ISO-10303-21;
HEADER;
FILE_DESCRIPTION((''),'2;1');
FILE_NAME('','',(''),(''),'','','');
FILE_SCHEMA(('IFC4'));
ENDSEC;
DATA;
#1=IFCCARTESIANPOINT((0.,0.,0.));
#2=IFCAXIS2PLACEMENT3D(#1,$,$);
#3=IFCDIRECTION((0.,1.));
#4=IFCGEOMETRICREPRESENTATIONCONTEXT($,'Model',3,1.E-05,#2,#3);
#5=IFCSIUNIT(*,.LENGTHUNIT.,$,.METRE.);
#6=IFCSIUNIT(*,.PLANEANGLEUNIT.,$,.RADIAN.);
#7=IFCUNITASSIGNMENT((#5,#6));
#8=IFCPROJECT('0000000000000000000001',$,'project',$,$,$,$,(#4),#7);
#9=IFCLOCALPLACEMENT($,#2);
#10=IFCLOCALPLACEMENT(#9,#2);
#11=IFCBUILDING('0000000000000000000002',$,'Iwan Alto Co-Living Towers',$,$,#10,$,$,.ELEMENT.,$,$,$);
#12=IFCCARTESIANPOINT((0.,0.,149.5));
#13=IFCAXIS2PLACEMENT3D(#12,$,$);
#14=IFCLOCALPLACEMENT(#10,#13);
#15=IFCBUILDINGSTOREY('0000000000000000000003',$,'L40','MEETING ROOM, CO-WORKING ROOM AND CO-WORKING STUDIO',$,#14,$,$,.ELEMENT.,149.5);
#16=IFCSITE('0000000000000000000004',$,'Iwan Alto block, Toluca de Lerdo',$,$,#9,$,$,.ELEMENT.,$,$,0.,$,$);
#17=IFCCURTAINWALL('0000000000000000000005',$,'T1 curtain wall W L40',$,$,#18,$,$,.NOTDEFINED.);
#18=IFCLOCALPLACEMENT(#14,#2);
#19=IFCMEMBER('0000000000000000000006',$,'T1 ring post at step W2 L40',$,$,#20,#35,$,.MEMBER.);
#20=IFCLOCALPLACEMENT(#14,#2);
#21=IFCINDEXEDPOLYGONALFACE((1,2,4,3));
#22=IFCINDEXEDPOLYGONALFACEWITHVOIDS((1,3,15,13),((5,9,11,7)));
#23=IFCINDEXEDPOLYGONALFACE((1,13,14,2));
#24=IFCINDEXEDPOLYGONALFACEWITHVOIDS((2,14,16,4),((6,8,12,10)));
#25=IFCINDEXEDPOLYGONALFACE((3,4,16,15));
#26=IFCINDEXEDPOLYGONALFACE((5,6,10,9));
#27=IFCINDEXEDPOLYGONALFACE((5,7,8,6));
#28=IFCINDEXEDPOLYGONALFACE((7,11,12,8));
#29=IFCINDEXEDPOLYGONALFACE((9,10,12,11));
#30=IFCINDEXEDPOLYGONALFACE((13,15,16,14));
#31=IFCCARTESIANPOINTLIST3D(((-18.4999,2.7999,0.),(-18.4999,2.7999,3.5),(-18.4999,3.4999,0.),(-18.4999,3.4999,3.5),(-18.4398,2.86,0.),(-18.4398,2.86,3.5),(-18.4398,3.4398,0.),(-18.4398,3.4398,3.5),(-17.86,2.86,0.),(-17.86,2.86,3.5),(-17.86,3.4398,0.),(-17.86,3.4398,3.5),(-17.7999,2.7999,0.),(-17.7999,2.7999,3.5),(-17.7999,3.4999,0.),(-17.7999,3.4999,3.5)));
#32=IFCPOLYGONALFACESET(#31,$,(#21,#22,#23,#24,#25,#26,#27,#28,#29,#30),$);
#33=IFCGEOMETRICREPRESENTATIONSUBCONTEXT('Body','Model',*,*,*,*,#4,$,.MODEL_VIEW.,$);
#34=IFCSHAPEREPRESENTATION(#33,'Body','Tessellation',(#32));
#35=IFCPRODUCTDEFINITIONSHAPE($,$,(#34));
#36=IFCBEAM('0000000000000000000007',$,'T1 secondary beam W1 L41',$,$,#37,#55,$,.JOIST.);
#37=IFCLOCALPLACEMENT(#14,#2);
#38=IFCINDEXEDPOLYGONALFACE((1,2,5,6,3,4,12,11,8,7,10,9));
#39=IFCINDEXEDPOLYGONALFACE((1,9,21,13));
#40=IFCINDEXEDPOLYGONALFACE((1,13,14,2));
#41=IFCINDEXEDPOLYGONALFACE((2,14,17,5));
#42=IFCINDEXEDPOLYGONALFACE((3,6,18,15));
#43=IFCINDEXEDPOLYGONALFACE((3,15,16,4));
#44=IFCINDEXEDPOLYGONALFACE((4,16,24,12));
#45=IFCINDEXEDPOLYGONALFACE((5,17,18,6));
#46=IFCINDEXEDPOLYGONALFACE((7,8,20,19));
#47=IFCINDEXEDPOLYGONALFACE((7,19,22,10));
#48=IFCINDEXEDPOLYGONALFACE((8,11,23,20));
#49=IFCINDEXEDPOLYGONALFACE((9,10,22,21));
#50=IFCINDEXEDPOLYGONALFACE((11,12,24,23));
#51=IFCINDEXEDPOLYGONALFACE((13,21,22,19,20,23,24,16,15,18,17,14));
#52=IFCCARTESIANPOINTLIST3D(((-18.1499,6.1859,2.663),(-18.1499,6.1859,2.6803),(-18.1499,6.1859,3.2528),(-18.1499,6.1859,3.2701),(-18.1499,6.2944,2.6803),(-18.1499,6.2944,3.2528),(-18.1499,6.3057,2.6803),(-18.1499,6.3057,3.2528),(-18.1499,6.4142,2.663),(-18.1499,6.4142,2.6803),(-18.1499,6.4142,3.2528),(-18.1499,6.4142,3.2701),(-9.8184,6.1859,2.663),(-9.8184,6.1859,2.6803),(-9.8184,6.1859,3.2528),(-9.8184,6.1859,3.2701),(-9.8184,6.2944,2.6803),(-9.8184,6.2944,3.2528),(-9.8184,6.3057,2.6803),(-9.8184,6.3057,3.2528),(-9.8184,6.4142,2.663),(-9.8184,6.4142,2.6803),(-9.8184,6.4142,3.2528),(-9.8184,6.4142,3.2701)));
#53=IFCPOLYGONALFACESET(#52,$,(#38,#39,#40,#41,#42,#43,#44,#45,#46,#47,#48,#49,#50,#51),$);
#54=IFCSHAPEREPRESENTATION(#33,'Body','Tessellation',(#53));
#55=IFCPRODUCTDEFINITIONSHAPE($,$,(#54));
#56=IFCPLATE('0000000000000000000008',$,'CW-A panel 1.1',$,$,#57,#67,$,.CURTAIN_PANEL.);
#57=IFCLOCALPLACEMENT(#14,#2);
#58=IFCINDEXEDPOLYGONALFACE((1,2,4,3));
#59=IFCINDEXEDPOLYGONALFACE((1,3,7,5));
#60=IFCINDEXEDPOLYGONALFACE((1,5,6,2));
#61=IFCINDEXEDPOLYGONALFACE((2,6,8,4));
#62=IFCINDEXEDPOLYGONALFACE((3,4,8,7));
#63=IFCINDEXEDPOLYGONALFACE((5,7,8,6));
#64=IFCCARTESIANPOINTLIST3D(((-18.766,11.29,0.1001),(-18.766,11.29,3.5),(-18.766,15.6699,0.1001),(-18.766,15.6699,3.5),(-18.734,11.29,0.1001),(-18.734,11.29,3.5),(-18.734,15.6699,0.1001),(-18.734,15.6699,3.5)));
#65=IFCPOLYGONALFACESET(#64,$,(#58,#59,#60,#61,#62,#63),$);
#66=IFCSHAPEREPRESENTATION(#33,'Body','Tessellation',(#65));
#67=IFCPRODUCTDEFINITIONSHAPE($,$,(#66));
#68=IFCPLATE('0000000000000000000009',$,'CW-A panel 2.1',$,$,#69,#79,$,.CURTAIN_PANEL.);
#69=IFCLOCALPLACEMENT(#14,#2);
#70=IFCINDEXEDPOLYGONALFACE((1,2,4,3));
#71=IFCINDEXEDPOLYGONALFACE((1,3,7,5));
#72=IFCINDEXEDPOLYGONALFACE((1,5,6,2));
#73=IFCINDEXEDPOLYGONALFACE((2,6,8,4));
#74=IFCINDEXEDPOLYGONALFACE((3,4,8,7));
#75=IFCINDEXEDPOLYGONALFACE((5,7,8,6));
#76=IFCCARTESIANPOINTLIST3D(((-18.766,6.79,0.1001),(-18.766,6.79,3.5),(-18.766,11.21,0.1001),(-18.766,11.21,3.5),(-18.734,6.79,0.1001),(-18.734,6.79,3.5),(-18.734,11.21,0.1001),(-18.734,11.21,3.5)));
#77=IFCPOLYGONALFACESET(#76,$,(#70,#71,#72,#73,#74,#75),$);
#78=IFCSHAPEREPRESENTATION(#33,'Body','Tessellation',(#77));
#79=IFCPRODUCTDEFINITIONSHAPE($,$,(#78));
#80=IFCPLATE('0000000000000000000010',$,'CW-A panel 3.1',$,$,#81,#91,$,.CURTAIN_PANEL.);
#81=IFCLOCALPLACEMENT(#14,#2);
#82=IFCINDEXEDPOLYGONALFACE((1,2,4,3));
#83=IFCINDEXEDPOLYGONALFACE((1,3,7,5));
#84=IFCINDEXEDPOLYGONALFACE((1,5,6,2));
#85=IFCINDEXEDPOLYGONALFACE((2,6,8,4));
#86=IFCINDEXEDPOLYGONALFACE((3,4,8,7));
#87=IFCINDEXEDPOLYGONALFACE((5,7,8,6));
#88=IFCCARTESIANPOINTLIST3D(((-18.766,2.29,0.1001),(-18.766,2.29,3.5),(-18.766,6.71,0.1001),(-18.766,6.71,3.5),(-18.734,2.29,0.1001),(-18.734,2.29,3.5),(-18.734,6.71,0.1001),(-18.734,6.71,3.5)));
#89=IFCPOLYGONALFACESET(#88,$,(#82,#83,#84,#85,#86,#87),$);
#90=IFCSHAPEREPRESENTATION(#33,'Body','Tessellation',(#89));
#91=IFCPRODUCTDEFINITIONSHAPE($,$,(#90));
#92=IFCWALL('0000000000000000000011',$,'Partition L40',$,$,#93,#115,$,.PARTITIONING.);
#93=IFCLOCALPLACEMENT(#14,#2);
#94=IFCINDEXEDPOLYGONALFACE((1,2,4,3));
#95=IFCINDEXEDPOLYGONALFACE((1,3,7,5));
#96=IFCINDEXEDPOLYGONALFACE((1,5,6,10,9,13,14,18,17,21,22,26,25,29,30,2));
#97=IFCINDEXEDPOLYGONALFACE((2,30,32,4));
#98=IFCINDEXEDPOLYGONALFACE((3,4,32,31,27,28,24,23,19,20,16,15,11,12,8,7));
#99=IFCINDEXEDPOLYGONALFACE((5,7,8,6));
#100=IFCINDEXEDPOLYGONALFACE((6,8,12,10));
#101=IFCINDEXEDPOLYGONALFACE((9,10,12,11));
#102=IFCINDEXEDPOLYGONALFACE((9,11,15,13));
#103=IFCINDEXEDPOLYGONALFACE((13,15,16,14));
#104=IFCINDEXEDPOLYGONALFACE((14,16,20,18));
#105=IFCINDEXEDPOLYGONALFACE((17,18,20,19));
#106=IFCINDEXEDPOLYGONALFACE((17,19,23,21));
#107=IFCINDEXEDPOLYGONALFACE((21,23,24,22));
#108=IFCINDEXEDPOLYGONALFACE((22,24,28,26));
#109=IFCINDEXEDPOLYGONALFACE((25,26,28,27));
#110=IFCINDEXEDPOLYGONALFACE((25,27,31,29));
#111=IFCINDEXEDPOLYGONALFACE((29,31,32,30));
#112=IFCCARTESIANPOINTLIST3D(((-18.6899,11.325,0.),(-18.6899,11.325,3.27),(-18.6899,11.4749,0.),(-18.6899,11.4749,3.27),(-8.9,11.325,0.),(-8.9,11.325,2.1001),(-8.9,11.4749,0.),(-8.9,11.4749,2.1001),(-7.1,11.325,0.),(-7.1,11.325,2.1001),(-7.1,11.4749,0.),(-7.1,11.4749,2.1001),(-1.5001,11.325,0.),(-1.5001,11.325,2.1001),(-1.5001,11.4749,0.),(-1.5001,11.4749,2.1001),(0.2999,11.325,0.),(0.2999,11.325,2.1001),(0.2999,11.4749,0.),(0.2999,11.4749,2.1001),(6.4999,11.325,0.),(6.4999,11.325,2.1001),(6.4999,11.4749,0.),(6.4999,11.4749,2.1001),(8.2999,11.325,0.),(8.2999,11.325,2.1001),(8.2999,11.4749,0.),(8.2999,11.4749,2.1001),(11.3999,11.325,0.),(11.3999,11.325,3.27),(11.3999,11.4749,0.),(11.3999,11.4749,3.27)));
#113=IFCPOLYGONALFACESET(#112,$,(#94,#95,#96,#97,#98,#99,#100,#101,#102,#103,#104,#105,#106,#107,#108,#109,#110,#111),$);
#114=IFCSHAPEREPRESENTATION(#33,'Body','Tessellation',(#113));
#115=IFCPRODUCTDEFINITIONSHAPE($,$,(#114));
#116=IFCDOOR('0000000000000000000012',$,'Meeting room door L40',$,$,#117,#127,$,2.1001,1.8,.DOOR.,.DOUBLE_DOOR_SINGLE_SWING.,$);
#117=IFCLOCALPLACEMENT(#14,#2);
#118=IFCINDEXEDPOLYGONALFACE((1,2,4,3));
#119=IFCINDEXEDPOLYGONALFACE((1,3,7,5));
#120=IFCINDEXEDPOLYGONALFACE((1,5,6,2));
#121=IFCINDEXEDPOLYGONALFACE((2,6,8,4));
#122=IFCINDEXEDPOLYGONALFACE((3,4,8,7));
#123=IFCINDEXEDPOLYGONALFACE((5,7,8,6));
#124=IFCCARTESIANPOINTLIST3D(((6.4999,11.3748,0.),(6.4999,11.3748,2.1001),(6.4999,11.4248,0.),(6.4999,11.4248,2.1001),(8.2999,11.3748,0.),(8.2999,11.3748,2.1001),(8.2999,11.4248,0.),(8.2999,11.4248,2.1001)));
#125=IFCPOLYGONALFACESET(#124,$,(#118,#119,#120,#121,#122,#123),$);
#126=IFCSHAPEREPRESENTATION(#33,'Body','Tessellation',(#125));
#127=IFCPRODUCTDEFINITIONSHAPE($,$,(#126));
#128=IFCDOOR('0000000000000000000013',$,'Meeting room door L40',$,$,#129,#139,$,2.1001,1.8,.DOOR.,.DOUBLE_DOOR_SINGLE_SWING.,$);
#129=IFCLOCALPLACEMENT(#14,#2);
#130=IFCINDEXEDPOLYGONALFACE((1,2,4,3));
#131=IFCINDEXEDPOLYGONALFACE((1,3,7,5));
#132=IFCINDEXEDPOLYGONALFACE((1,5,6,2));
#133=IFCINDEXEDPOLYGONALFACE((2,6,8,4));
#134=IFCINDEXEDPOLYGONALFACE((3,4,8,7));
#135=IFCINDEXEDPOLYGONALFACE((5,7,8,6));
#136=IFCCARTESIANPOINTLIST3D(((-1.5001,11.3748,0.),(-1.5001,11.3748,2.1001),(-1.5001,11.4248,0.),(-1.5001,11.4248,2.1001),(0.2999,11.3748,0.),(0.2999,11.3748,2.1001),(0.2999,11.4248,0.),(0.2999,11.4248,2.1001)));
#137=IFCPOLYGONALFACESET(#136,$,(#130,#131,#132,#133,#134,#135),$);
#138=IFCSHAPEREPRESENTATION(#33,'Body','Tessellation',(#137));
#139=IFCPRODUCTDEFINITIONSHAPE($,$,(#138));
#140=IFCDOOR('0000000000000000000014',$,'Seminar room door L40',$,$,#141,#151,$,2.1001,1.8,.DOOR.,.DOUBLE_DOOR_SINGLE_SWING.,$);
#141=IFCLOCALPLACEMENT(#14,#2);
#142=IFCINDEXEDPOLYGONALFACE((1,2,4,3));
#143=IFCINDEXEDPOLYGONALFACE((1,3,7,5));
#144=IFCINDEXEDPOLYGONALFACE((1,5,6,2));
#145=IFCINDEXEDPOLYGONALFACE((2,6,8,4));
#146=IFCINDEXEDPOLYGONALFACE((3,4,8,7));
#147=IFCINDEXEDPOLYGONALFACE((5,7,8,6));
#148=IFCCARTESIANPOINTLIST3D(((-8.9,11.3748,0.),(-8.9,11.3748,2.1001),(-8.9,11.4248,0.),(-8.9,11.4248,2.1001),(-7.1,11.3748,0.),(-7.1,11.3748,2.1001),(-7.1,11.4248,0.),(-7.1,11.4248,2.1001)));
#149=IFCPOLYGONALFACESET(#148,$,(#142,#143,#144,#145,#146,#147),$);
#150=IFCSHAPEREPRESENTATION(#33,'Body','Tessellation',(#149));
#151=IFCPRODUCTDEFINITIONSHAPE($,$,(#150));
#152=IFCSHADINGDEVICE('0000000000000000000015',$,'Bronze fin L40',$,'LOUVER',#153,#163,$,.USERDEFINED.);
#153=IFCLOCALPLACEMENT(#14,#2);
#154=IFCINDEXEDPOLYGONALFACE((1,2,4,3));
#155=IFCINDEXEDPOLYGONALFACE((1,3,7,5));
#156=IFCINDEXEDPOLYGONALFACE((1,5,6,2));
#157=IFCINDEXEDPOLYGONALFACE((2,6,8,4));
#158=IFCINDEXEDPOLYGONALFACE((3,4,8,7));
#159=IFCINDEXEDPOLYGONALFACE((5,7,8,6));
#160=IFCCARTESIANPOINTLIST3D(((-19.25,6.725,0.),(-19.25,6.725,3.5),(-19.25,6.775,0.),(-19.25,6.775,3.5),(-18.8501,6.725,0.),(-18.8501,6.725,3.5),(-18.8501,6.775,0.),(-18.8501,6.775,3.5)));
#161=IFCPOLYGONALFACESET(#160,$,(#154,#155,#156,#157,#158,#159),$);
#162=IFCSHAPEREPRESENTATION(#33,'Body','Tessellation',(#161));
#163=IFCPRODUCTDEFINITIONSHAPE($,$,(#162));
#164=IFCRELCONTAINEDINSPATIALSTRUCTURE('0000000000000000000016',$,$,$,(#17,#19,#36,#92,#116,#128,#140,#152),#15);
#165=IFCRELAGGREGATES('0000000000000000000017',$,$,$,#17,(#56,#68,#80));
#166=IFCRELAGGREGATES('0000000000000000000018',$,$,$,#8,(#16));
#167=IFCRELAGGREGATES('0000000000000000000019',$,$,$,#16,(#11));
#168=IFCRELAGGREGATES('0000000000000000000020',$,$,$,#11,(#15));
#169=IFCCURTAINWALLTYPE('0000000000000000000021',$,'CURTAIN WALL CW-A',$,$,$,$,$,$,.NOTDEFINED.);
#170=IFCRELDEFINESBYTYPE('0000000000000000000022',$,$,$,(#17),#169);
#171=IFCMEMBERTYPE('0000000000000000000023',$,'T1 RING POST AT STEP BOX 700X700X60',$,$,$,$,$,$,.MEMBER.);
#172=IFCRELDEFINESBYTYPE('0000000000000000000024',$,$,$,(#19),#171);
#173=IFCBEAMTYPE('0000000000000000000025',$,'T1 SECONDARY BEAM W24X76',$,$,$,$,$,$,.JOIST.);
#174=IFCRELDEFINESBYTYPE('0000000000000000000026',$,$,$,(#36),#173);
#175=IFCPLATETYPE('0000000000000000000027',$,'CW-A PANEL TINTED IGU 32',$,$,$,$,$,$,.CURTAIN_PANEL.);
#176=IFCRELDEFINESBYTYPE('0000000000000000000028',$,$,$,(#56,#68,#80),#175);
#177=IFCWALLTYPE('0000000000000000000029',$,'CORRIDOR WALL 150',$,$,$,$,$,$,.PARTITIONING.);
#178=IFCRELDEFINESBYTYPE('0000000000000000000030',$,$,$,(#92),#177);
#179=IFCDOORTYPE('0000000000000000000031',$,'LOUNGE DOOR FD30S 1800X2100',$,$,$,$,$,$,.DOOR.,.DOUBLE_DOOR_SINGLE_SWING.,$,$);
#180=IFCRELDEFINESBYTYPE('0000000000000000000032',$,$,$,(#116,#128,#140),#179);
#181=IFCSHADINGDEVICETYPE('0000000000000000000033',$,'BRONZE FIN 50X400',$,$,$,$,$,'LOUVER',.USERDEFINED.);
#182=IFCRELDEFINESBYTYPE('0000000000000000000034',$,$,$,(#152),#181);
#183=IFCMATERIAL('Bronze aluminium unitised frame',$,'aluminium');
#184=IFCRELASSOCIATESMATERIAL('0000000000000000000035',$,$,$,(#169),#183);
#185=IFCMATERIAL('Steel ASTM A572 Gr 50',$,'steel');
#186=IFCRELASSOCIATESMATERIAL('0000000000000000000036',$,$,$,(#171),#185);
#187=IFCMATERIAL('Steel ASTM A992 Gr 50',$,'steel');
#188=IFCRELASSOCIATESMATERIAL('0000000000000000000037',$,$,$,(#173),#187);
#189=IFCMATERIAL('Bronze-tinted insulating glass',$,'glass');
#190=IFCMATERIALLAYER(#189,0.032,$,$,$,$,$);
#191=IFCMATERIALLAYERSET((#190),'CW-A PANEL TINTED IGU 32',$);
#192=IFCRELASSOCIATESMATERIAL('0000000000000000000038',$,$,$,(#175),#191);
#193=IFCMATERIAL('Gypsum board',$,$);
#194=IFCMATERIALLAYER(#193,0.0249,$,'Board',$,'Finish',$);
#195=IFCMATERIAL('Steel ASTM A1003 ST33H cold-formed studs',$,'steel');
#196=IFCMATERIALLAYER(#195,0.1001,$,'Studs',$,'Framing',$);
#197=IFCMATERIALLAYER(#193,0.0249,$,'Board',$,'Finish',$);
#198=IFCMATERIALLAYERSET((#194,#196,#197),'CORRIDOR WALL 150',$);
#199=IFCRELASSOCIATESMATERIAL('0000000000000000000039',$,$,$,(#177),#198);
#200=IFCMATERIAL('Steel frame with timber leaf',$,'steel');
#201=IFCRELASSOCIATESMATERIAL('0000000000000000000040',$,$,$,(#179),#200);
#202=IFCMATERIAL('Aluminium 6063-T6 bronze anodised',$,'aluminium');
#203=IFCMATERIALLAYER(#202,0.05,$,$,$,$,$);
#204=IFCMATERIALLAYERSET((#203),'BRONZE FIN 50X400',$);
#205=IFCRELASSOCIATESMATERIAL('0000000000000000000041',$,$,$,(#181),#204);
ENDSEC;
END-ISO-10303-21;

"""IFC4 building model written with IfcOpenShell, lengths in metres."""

from ifc_helpers import new_model, si_unit, direction, frame, frame_2d, origin, origin_2d, place, context, subcontext, project, spatial, rectangle, hollow_rectangle, i_section, extrude, material, layer, layer_set, material_profile, profile_set, type_object, element, fill, aggregate, save


model = new_model("IFC4")

# Units and contexts
model_context = context("Model", 3, precision=1e-05, world=origin(), true_north=direction((0.0, 1.0)))
body_context = subcontext(model_context, "Body", "Model", "MODEL_VIEW")
ifc_project = project(units=[si_unit("LENGTHUNIT", "METRE"), si_unit("PLANEANGLEUNIT", "RADIAN")], contexts=[model_context])

# Site, building, storey
site_placement = place(None, origin())
site = spatial("IfcSite", under=ifc_project, at=site_placement, Name="Iwan Alto block, Toluca de Lerdo", CompositionType="ELEMENT", RefElevation=0.0)
building_placement = place(site_placement, origin())
building = spatial("IfcBuilding", under=site, at=building_placement, Name="Iwan Alto Co-Living Towers", CompositionType="ELEMENT")
storey_placement = place(building_placement, frame((0.0, 0.0, 149.5)))
storey = spatial("IfcBuildingStorey", under=building, at=storey_placement, Name="L40", Description="MEETING ROOM, CO-WORKING ROOM AND CO-WORKING STUDIO", CompositionType="ELEMENT", Elevation=149.5)

# Curtain wall
ifc_material_1 = material(Name="Bronze aluminium unitised frame", Category="aluminium")
curtain_wall_type = type_object("IfcCurtainWallType", Name="CURTAIN WALL CW-A", PredefinedType="NOTDEFINED", material=ifc_material_1)
curtain_wall_placement = place(storey_placement, origin())
curtain_wall = element("IfcCurtainWall", 1, at=curtain_wall_placement, inside=storey, type_object=curtain_wall_type, Name="T1 curtain wall W L40", PredefinedType="NOTDEFINED")

# Member
ifc_material_2 = material(Name="Steel ASTM A572 Gr 50", Category="steel")
ifc_material_profile_1 = material_profile(ifc_material_2, hollow_rectangle(XDim=0.7, YDim=0.7, WallThickness=0.0601, at=origin_2d()), Name="BOX 700X700X60")
ifc_profile_set_1 = profile_set([ifc_material_profile_1], Name="Steel ASTM A572 Gr 50")
member_type_1 = type_object("IfcMemberType", Name="T1 RING POST AT STEP BOX 700X700X60", PredefinedType="MEMBER", material=ifc_profile_set_1)
for number, where, z_axis, x_axis, name in (
    (2, (-18.1499, 3.1499, 0.0), (0.0, 0.0, 1.0), (1.0, 0.0, 0.0), "T1 ring post at step W2 L40"),
):
    element("IfcMember", number, at=place(storey_placement, frame(where, z_axis=z_axis, x_axis=x_axis)), inside=storey, type_object=member_type_1, Name=name, PredefinedType="MEMBER", context=body_context, shape_type="SweptSolid", body=[
        extrude(hollow_rectangle(XDim=0.7, YDim=0.7, WallThickness=0.0601, at=origin_2d()), origin(), (0.0, 0.0, 1.0), 3.5),
    ])

# Beam
ifc_material_3 = material(Name="Steel ASTM A992 Gr 50", Category="steel")
ifc_material_profile_2 = material_profile(ifc_material_3, i_section(OverallWidth=0.2283, OverallDepth=0.6072, WebThickness=0.0112, FlangeThickness=0.0173, at=origin_2d()), Name="W24X76")
ifc_profile_set_2 = profile_set([ifc_material_profile_2], Name="Steel ASTM A992 Gr 50")
beam_type_1 = type_object("IfcBeamType", Name="T1 SECONDARY BEAM W24X76", PredefinedType="JOIST", material=ifc_profile_set_2)
beam_1_placement = place(storey_placement, frame((-18.1499, 6.3, 2.9666), z_axis=(1.0, 0.0, 0.0), x_axis=(0.0, 1.0, 0.0)))
element("IfcBeam", 3, at=beam_1_placement, inside=storey, type_object=beam_type_1, Name="T1 secondary beam W1 L41", PredefinedType="JOIST", context=body_context, shape_type="SweptSolid", body=[
    extrude(i_section(OverallWidth=0.2283, OverallDepth=0.6072, WebThickness=0.0112, FlangeThickness=0.0173, at=origin_2d()), origin(), (0.0, 0.0, 1.0), 8.3315),
])

# Plates
ifc_material_4 = material(Name="Bronze-tinted insulating glass", Category="glass")
ifc_layer_1 = layer(ifc_material_4, 0.032)
ifc_layer_set_1 = layer_set([ifc_layer_1], Name="CW-A PANEL TINTED IGU 32")
plate_type = type_object("IfcPlateType", Name="CW-A PANEL TINTED IGU 32", PredefinedType="CURTAIN_PANEL", material=ifc_layer_set_1)
plate_1_placement = place(storey_placement, frame((-18.75, 13.48, 0.1001), z_axis=(0.0, 0.0, 1.0), x_axis=(0.0, -1.0, 0.0)))
plate_1 = element("IfcPlate", 4, at=plate_1_placement, type_object=plate_type, Name="CW-A panel 1.1", PredefinedType="CURTAIN_PANEL", context=body_context, shape_type="SweptSolid", body=[
    extrude(rectangle(XDim=4.3799, YDim=0.032, at=origin_2d()), origin(), (0.0, 0.0, 1.0), 3.3999),
])
plate_2_placement = place(storey_placement, frame((-18.75, 9.0, 0.1001), z_axis=(0.0, 0.0, 1.0), x_axis=(0.0, -1.0, 0.0)))
plate_2 = element("IfcPlate", 5, at=plate_2_placement, type_object=plate_type, Name="CW-A panel 2.1", PredefinedType="CURTAIN_PANEL", context=body_context, shape_type="SweptSolid", body=[
    extrude(rectangle(XDim=4.4199, YDim=0.032, at=origin_2d()), origin(), (0.0, 0.0, 1.0), 3.3999),
])
plate_3_placement = place(storey_placement, frame((-18.75, 4.5, 0.1001), z_axis=(0.0, 0.0, 1.0), x_axis=(0.0, -1.0, 0.0)))
plate_3 = element("IfcPlate", 6, at=plate_3_placement, type_object=plate_type, Name="CW-A panel 3.1", PredefinedType="CURTAIN_PANEL", context=body_context, shape_type="SweptSolid", body=[
    extrude(rectangle(XDim=4.4199, YDim=0.032, at=origin_2d()), origin(), (0.0, 0.0, 1.0), 3.3999),
])
aggregate(curtain_wall, [plate_1, plate_2, plate_3])

# Wall, openings, doors
ifc_material_5 = material(Name="Gypsum board")
ifc_layer_2 = layer(ifc_material_5, 0.0249, Name="Board", Category="Finish")
ifc_material_6 = material(Name="Steel ASTM A1003 ST33H cold-formed studs", Category="steel")
ifc_layer_3 = layer(ifc_material_6, 0.1001, Name="Studs", Category="Framing")
ifc_layer_4 = layer(ifc_material_5, 0.0249, Name="Board", Category="Finish")
ifc_layer_set_2 = layer_set([ifc_layer_2, ifc_layer_3, ifc_layer_4], Name="CORRIDOR WALL 150")
wall_type = type_object("IfcWallType", Name="CORRIDOR WALL 150", PredefinedType="PARTITIONING", material=ifc_layer_set_2)
wall_placement = place(storey_placement, frame((-18.6899, 11.3999, 0.0), z_axis=(0.0, 0.0, 1.0), x_axis=(1.0, 0.0, 0.0)))
wall = element("IfcWall", 7, at=wall_placement, inside=storey, type_object=wall_type, Name="Partition L40", PredefinedType="PARTITIONING", context=body_context, shape_type="SweptSolid", body=[
    extrude(rectangle(XDim=30.0898, YDim=0.1499, at=frame_2d((15.0449, 0.0))), origin(), (0.0, 0.0, 1.0), 3.27),
])
opening_1_placement = place(wall_placement, frame((25.1899, 0.0, 0.0)))
opening_1 = element("IfcOpeningElement", 8, at=opening_1_placement, cuts=wall, PredefinedType="OPENING", context=body_context, shape_type="SweptSolid", body=[
    extrude(rectangle(XDim=1.8, YDim=2.1001, at=frame_2d((0.8999, 1.05))), frame((0.0, 0.085, 0.0), z_axis=(0.0, -1.0, 0.0), x_axis=(1.0, 0.0, 0.0)), (0.0, 0.0, 1.0), 0.1699),
])
opening_2_placement = place(wall_placement, frame((17.1899, 0.0, 0.0)))
opening_2 = element("IfcOpeningElement", 9, at=opening_2_placement, cuts=wall, PredefinedType="OPENING", context=body_context, shape_type="SweptSolid", body=[
    extrude(rectangle(XDim=1.8, YDim=2.1001, at=frame_2d((0.8999, 1.05))), frame((0.0, 0.085, 0.0), z_axis=(0.0, -1.0, 0.0), x_axis=(1.0, 0.0, 0.0)), (0.0, 0.0, 1.0), 0.1699),
])
opening_3_placement = place(wall_placement, frame((9.79, 0.0, 0.0)))
opening_3 = element("IfcOpeningElement", 10, at=opening_3_placement, cuts=wall, PredefinedType="OPENING", context=body_context, shape_type="SweptSolid", body=[
    extrude(rectangle(XDim=1.8, YDim=2.1001, at=frame_2d((0.8999, 1.05))), frame((0.0, 0.085, 0.0), z_axis=(0.0, -1.0, 0.0), x_axis=(1.0, 0.0, 0.0)), (0.0, 0.0, 1.0), 0.1699),
])
ifc_material_7 = material(Name="Steel frame with timber leaf", Category="steel")
door_type = type_object("IfcDoorType", Name="LOUNGE DOOR FD30S 1800X2100", OperationType="DOUBLE_DOOR_SINGLE_SWING", PredefinedType="DOOR", material=ifc_material_7)
door_1_placement = place(opening_1_placement, origin())
door_1 = element("IfcDoor", 11, at=door_1_placement, inside=storey, type_object=door_type, Name="Meeting room door L40", OperationType="DOUBLE_DOOR_SINGLE_SWING", OverallHeight=2.1001, OverallWidth=1.8, PredefinedType="DOOR", context=body_context, shape_type="SweptSolid", body=[
    extrude(rectangle(XDim=1.8, YDim=2.1001, at=frame_2d((0.8999, 1.05))), frame((0.0, 0.0249, 0.0), z_axis=(0.0, -1.0, 0.0), x_axis=(1.0, 0.0, 0.0)), (0.0, 0.0, 1.0), 0.05),
])
fill(opening_1, door_1)
door_2_placement = place(opening_2_placement, origin())
door_2 = element("IfcDoor", 12, at=door_2_placement, inside=storey, type_object=door_type, Name="Meeting room door L40", OperationType="DOUBLE_DOOR_SINGLE_SWING", OverallHeight=2.1001, OverallWidth=1.8, PredefinedType="DOOR", context=body_context, shape_type="SweptSolid", body=[
    extrude(rectangle(XDim=1.8, YDim=2.1001, at=frame_2d((0.8999, 1.05))), frame((0.0, 0.0249, 0.0), z_axis=(0.0, -1.0, 0.0), x_axis=(1.0, 0.0, 0.0)), (0.0, 0.0, 1.0), 0.05),
])
fill(opening_2, door_2)
door_3_placement = place(opening_3_placement, origin())
door_3 = element("IfcDoor", 13, at=door_3_placement, inside=storey, type_object=door_type, Name="Seminar room door L40", OperationType="DOUBLE_DOOR_SINGLE_SWING", OverallHeight=2.1001, OverallWidth=1.8, PredefinedType="DOOR", context=body_context, shape_type="SweptSolid", body=[
    extrude(rectangle(XDim=1.8, YDim=2.1001, at=frame_2d((0.8999, 1.05))), frame((0.0, 0.0249, 0.0), z_axis=(0.0, -1.0, 0.0), x_axis=(1.0, 0.0, 0.0)), (0.0, 0.0, 1.0), 0.05),
])
fill(opening_3, door_3)

# Shading device
ifc_material_8 = material(Name="Aluminium 6063-T6 bronze anodised", Category="aluminium")
ifc_layer_5 = layer(ifc_material_8, 0.05)
ifc_layer_set_3 = layer_set([ifc_layer_5], Name="BRONZE FIN 50X400")
shading_device_type = type_object("IfcShadingDeviceType", Name="BRONZE FIN 50X400", ElementType="LOUVER", PredefinedType="USERDEFINED", material=ifc_layer_set_3)
shading_device_placement = place(storey_placement, frame((-19.05, 6.75, 0.0), z_axis=(0.0, 0.0, 1.0), x_axis=(0.0, -1.0, 0.0)))
element("IfcShadingDevice", 14, at=shading_device_placement, inside=storey, type_object=shading_device_type, Name="Bronze fin L40", ObjectType="LOUVER", PredefinedType="USERDEFINED", context=body_context, shape_type="SweptSolid", body=[
    extrude(rectangle(XDim=0.05, YDim=0.3999, at=origin_2d()), origin(), (0.0, 0.0, 1.0), 3.5),
])

save(model, "model.ifc")
